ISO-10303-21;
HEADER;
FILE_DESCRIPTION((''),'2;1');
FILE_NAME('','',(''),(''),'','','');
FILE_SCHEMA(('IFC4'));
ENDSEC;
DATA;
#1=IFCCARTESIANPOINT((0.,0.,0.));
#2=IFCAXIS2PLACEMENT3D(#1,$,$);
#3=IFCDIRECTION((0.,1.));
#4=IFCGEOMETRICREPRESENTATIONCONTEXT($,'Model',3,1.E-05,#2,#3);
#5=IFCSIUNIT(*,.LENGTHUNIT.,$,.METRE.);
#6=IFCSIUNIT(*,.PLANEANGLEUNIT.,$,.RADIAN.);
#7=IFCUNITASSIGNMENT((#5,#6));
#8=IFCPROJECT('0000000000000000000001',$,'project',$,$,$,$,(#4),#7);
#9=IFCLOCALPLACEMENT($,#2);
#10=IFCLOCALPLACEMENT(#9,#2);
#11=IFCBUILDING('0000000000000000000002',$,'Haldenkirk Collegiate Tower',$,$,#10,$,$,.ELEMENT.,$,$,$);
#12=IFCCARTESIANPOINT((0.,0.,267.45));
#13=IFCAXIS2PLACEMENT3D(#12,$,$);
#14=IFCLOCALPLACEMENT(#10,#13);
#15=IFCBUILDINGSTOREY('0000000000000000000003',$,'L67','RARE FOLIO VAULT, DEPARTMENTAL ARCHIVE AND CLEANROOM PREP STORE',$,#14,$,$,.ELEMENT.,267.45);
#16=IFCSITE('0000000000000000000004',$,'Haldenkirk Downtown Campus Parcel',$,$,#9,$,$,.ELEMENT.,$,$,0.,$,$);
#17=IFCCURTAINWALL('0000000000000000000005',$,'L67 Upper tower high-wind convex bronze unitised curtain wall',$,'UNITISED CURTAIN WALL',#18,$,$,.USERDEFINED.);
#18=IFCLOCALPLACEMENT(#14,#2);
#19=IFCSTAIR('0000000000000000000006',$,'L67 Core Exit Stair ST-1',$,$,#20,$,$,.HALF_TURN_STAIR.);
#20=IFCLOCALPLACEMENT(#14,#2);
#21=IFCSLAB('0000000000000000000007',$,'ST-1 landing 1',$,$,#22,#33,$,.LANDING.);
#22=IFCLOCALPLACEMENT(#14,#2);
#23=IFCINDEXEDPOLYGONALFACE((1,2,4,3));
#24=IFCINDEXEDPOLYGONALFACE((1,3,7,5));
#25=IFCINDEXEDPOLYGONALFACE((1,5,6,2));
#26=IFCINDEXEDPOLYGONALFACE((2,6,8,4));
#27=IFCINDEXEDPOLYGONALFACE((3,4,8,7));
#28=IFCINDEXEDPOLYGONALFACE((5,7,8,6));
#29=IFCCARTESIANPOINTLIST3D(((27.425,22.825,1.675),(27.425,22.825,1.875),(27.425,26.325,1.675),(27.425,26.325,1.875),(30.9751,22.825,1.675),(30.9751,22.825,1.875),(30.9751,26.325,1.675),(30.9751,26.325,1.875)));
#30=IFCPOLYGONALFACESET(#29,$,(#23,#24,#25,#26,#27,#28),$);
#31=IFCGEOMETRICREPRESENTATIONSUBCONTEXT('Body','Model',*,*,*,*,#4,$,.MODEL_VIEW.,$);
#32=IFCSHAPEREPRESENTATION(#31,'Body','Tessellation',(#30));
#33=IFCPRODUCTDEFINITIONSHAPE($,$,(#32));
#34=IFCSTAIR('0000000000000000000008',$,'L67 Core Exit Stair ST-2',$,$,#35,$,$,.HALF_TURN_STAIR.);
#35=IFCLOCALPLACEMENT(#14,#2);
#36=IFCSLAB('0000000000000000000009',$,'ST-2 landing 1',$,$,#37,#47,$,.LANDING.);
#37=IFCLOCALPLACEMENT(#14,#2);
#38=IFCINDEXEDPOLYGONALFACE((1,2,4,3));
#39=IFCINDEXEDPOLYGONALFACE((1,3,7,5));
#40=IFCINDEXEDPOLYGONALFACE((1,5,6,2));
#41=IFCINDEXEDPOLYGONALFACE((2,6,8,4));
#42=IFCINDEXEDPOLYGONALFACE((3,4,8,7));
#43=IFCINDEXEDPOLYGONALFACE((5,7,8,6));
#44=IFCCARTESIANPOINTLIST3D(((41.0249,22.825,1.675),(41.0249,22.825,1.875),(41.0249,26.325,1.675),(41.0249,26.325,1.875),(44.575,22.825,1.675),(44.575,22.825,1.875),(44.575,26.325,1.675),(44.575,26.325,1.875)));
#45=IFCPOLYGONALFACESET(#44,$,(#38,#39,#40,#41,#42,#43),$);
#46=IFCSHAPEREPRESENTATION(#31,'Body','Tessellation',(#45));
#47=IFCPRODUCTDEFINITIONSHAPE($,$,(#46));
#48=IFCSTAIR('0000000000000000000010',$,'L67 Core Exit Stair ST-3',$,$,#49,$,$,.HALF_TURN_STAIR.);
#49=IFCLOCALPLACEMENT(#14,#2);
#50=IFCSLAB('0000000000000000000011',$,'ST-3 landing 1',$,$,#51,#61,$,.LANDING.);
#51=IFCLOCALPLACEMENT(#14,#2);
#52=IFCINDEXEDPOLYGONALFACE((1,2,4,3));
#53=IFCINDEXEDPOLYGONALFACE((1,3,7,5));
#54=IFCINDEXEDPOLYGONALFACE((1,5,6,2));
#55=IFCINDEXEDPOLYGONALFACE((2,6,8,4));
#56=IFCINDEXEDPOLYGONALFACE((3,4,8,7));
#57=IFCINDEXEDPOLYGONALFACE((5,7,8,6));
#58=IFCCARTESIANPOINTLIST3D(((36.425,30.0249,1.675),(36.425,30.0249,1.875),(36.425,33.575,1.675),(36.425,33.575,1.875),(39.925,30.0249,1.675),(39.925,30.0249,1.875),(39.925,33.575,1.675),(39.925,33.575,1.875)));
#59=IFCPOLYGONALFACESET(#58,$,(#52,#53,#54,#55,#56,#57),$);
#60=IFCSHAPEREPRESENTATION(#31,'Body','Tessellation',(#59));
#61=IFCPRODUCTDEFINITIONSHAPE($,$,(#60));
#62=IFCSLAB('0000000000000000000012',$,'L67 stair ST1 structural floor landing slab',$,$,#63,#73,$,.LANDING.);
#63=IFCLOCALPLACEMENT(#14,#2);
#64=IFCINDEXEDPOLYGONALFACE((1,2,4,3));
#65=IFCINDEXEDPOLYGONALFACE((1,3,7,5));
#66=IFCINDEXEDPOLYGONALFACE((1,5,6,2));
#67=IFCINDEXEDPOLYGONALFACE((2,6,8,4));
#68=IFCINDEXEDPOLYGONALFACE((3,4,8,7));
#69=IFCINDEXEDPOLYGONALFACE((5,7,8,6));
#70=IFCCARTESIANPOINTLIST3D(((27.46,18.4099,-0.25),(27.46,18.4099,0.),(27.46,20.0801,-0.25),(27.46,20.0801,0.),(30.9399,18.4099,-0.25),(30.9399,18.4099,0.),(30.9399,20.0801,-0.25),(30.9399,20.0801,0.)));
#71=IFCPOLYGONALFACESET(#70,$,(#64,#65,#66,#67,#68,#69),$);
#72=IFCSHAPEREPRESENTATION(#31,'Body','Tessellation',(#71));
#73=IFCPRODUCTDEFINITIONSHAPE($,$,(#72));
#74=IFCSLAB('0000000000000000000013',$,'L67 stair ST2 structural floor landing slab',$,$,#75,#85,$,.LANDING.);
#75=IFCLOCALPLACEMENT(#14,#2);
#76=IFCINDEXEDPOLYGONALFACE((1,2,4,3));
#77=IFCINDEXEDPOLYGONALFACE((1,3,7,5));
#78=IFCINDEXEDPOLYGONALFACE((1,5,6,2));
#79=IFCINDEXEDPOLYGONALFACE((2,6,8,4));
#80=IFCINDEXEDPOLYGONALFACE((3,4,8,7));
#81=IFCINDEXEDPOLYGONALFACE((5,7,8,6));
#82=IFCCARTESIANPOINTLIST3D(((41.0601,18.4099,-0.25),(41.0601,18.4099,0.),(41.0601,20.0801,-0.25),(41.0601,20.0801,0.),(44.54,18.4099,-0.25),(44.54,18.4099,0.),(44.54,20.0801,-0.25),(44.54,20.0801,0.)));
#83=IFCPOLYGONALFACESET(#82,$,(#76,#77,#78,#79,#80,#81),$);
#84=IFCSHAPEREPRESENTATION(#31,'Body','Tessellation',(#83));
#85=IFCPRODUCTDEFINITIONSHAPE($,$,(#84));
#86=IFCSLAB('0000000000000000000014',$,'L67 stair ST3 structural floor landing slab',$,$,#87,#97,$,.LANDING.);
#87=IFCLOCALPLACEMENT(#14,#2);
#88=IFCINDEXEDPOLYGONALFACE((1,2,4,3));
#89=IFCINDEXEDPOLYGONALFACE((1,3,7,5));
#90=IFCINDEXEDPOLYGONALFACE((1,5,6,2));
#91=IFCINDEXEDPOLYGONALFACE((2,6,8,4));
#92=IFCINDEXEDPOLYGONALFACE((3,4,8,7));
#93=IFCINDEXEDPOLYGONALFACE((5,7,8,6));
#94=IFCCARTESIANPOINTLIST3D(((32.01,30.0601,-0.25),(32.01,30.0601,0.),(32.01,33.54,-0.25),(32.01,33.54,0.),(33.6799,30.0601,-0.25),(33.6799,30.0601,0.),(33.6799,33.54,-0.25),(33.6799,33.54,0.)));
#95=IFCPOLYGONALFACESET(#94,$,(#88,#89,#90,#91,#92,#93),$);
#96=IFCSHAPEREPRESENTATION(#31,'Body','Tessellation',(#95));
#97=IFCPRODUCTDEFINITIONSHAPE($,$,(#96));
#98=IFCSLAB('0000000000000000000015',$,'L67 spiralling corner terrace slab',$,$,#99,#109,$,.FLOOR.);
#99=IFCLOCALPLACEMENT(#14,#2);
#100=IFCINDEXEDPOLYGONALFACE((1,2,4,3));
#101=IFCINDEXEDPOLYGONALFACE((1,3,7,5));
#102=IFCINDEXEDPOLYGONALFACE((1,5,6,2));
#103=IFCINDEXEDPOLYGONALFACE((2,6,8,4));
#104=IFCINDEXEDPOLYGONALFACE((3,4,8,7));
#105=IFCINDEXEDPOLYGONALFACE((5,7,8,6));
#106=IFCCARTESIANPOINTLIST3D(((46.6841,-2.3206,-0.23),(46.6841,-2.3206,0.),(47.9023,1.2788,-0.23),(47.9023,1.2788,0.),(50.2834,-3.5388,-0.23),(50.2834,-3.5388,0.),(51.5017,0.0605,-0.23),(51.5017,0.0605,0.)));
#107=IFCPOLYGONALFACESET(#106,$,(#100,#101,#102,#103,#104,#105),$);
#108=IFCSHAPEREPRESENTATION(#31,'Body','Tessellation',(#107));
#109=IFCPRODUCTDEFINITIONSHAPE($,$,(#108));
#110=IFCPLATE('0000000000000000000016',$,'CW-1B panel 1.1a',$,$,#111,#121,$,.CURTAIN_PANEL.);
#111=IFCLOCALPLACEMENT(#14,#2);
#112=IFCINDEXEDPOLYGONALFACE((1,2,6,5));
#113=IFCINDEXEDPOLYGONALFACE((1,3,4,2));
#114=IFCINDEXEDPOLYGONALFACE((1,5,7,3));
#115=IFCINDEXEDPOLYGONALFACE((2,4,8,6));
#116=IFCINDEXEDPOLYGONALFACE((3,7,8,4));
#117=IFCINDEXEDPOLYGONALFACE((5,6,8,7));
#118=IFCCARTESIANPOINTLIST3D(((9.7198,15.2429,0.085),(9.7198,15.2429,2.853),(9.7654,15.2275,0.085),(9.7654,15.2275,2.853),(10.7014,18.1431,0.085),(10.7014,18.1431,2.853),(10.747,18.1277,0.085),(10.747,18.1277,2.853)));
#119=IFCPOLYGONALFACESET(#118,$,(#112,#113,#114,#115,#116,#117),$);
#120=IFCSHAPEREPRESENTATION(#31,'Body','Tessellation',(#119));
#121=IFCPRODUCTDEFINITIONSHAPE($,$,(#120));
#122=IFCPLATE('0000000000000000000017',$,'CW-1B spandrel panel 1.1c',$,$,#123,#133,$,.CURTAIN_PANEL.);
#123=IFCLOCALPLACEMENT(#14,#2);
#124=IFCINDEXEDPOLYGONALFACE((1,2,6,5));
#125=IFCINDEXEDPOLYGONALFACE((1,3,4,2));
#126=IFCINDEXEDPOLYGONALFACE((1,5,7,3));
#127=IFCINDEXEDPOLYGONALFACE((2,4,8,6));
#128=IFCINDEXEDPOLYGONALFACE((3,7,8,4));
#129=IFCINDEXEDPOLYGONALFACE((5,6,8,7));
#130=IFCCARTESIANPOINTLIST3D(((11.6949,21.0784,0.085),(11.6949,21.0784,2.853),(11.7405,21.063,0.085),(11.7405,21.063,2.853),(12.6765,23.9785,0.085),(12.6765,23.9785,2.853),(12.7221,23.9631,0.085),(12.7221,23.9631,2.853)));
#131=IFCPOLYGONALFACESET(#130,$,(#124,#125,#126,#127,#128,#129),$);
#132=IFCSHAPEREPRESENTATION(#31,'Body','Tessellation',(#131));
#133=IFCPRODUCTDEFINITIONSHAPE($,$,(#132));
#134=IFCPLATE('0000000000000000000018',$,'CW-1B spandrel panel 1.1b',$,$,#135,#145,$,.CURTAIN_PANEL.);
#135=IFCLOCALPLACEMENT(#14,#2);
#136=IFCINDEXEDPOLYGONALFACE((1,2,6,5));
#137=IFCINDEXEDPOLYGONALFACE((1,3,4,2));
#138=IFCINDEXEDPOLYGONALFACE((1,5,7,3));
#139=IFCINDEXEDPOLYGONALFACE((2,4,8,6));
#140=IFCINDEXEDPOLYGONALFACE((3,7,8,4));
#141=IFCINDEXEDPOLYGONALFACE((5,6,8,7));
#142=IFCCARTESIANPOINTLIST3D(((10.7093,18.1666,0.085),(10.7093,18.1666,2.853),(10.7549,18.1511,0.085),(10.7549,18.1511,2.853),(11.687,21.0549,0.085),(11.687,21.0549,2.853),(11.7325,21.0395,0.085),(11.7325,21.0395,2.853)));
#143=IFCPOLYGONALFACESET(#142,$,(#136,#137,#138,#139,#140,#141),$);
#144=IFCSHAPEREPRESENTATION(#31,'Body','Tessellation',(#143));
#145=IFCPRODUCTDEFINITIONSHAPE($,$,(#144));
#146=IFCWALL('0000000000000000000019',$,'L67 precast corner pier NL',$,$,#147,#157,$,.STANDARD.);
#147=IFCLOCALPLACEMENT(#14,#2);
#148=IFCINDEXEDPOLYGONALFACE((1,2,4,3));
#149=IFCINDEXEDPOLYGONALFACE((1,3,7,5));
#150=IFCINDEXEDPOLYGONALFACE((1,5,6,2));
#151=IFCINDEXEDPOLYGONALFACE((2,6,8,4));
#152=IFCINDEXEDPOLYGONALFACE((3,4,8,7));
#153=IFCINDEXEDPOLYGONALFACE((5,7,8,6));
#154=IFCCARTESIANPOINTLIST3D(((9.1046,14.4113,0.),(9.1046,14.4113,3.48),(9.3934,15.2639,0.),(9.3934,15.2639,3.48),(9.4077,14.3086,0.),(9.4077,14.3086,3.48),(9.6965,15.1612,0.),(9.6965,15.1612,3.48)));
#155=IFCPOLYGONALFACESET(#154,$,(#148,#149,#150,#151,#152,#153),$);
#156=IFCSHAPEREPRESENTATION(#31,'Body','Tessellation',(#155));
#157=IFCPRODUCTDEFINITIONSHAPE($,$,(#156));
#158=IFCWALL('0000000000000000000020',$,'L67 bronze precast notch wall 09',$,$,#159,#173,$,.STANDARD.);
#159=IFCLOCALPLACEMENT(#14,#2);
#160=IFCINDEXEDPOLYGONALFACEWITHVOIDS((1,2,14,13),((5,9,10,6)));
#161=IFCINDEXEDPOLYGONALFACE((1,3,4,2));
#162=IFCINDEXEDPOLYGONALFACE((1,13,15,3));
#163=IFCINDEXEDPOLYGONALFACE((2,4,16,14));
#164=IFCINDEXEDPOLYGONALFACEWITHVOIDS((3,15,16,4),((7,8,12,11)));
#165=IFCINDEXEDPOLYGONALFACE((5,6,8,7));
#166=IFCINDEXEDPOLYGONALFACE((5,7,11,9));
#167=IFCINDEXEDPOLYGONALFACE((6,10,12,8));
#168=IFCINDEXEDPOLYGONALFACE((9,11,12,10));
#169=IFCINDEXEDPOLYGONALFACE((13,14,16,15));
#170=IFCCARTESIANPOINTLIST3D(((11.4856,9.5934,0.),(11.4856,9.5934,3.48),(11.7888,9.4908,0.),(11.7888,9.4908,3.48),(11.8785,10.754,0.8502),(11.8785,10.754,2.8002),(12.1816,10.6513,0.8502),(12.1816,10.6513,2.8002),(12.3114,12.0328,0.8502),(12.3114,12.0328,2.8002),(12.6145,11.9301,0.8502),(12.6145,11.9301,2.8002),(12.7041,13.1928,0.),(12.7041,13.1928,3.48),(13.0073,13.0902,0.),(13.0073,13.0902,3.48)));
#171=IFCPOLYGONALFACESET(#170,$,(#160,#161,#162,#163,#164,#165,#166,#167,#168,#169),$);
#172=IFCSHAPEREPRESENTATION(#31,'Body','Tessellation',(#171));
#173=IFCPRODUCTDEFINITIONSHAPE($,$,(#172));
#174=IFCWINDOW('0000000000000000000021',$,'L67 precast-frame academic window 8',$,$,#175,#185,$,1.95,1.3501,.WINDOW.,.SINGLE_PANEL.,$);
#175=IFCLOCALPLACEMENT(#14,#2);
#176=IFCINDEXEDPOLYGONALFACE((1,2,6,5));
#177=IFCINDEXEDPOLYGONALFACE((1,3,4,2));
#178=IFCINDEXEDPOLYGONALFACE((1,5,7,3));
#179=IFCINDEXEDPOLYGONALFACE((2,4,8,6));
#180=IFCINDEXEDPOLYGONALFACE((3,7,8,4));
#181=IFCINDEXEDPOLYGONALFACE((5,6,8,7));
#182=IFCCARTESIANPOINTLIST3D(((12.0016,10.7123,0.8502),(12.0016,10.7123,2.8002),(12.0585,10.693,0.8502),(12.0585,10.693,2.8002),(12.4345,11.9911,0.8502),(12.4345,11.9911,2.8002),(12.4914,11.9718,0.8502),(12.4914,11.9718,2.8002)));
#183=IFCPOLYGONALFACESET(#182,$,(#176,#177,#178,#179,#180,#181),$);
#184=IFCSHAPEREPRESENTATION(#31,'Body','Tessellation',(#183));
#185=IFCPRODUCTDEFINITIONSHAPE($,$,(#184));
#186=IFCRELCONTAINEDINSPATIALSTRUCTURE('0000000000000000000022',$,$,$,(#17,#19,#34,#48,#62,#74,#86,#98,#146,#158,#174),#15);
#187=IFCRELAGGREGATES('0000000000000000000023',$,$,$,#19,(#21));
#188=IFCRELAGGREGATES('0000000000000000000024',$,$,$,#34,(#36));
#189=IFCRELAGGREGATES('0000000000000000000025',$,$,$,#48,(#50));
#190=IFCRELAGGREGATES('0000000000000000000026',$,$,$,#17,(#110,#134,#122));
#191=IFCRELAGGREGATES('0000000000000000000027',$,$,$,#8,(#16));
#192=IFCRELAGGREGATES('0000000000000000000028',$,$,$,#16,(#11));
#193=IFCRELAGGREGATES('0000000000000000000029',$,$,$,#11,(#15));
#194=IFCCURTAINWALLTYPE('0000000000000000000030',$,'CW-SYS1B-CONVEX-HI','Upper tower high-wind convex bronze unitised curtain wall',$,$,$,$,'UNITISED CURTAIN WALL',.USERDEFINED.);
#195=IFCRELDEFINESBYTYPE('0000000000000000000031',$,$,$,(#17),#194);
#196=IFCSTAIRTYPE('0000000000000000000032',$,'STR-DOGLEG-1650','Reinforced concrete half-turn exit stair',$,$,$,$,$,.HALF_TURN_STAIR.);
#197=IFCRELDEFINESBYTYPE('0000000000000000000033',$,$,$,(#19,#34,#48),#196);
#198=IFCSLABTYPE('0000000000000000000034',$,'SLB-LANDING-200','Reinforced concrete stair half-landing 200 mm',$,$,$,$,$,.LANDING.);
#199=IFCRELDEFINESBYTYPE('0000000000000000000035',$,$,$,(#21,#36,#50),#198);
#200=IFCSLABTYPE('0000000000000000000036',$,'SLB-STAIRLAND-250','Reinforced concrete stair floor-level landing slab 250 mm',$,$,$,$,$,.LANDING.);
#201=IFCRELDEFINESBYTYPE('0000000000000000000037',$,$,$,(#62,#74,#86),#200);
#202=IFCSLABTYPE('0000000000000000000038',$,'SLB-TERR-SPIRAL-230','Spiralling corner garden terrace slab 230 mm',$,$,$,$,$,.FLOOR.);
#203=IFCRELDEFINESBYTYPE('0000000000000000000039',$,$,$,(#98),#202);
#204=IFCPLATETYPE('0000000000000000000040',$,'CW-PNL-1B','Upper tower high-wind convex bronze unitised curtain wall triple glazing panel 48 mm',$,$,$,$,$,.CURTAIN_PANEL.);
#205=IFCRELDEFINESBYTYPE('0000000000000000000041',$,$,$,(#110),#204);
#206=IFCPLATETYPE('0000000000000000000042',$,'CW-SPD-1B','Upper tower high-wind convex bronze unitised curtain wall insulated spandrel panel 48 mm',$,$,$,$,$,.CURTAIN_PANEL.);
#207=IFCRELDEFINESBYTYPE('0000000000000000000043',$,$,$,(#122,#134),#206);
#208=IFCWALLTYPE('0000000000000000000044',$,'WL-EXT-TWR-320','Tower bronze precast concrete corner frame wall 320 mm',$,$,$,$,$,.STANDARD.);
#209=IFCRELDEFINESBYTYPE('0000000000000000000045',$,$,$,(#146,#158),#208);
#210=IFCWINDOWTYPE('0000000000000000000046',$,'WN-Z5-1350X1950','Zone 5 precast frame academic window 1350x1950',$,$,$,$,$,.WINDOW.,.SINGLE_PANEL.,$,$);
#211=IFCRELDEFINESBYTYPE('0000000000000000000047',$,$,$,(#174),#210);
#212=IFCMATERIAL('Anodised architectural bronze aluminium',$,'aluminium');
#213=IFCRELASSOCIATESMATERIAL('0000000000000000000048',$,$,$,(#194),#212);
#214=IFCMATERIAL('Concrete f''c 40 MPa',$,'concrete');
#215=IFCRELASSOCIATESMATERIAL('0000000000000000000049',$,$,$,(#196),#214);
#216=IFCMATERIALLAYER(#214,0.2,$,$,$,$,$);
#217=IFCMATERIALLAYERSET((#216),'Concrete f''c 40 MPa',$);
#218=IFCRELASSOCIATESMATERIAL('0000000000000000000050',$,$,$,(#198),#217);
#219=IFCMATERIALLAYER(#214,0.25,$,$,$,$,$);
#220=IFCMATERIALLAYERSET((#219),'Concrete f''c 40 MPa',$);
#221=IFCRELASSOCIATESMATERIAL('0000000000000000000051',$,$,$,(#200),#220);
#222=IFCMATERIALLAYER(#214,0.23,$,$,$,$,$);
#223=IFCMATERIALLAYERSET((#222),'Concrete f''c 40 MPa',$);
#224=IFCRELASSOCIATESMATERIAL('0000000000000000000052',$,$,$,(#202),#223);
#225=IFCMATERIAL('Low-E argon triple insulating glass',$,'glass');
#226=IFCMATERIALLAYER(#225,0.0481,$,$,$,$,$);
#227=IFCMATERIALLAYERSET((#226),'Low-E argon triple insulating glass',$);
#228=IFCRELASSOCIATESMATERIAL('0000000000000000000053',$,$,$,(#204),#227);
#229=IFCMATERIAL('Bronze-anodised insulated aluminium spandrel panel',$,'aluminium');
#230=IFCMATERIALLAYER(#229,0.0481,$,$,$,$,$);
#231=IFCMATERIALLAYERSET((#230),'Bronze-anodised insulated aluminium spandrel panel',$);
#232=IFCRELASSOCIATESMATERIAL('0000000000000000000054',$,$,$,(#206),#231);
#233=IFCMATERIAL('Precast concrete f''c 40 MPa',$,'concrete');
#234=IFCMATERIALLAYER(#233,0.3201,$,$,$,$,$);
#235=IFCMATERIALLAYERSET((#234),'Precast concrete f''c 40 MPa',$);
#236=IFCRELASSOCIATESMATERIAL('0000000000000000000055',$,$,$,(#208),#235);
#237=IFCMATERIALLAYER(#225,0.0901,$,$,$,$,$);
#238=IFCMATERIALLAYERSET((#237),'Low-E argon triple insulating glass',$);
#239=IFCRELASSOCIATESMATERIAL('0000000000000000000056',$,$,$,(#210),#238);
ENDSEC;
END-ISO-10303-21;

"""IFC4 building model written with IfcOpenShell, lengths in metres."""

from ifc_helpers import new_model, si_unit, direction, frame, frame_2d, origin, origin_2d, place, context, subcontext, project, spatial, polyline, rectangle, outline, extrude, source, transform, mapped, material, layer, layer_set, type_object, element, fill, aggregate, save


model = new_model("IFC4")

# Units and contexts
model_context = context("Model", 3, precision=1e-05, world=origin(), true_north=direction((0.0, 1.0)))
body_context = subcontext(model_context, "Body", "Model", "MODEL_VIEW")
ifc_project = project(units=[si_unit("LENGTHUNIT", "METRE"), si_unit("PLANEANGLEUNIT", "RADIAN")], contexts=[model_context])

# Site, building, storey
site_placement = place(None, origin())
site = spatial("IfcSite", under=ifc_project, at=site_placement, Name="Haldenkirk Downtown Campus Parcel", CompositionType="ELEMENT", RefElevation=0.0)
building_placement = place(site_placement, origin())
building = spatial("IfcBuilding", under=site, at=building_placement, Name="Haldenkirk Collegiate Tower", CompositionType="ELEMENT")
storey_placement = place(building_placement, frame((0.0, 0.0, 267.45)))
storey = spatial("IfcBuildingStorey", under=building, at=storey_placement, Name="L67", Description="RARE FOLIO VAULT, DEPARTMENTAL ARCHIVE AND CLEANROOM PREP STORE", CompositionType="ELEMENT", Elevation=267.45)

# Curtain wall
ifc_material_1 = material(Name="Anodised architectural bronze aluminium", Category="aluminium")
curtain_wall_type = type_object("IfcCurtainWallType", Name="CW-SYS1B-CONVEX-HI", Description="Upper tower high-wind convex bronze unitised curtain wall", ElementType="UNITISED CURTAIN WALL", PredefinedType="USERDEFINED", material=ifc_material_1)
curtain_wall_placement = place(storey_placement, origin())
curtain_wall = element("IfcCurtainWall", 1, at=curtain_wall_placement, inside=storey, type_object=curtain_wall_type, Name="L67 Upper tower high-wind convex bronze unitised curtain wall", ObjectType="UNITISED CURTAIN WALL", PredefinedType="USERDEFINED")

# Shared definitions
ifc_material_2 = material(Name="Concrete f'c 40 MPa", Category="concrete")

# Stairs, slabs
stair_type = type_object("IfcStairType", Name="STR-DOGLEG-1650", Description="Reinforced concrete half-turn exit stair", PredefinedType="HALF_TURN_STAIR", material=ifc_material_2)
stair_1_placement = place(storey_placement, origin())
stair_1 = element("IfcStair", 2, at=stair_1_placement, inside=storey, type_object=stair_type, Name="L67 Core Exit Stair ST-1", PredefinedType="HALF_TURN_STAIR")
ifc_layer_1 = layer(ifc_material_2, 0.2)
ifc_layer_set_1 = layer_set([ifc_layer_1], Name="Concrete f'c 40 MPa")
slab_type_1 = type_object("IfcSlabType", Name="SLB-LANDING-200", Description="Reinforced concrete stair half-landing 200 mm", PredefinedType="LANDING", material=ifc_layer_set_1)
slab_1_placement = place(storey_placement, frame((0.0, 0.0, 1.675)))
slab_1 = element("IfcSlab", 3, at=slab_1_placement, type_object=slab_type_1, Name="ST-1 landing 1", PredefinedType="LANDING", context=body_context, shape_type="SweptSolid", body=[
    extrude(outline(polyline([(30.9751, 22.825), (27.425, 22.825), (27.425, 26.325), (30.9751, 26.325), (30.9751, 22.825)])), origin(), (0.0, 0.0, 1.0), 0.2),
])
aggregate(stair_1, [slab_1])
stair_2_placement = place(storey_placement, origin())
stair_2 = element("IfcStair", 4, at=stair_2_placement, inside=storey, type_object=stair_type, Name="L67 Core Exit Stair ST-2", PredefinedType="HALF_TURN_STAIR")
slab_2_placement = place(storey_placement, frame((0.0, 0.0, 1.675)))
slab_2 = element("IfcSlab", 5, at=slab_2_placement, type_object=slab_type_1, Name="ST-2 landing 1", PredefinedType="LANDING", context=body_context, shape_type="SweptSolid", body=[
    extrude(outline(polyline([(44.575, 22.825), (41.0249, 22.825), (41.0249, 26.325), (44.575, 26.325), (44.575, 22.825)])), origin(), (0.0, 0.0, 1.0), 0.2),
])
aggregate(stair_2, [slab_2])
stair_3_placement = place(storey_placement, origin())
stair_3 = element("IfcStair", 6, at=stair_3_placement, inside=storey, type_object=stair_type, Name="L67 Core Exit Stair ST-3", PredefinedType="HALF_TURN_STAIR")
slab_3_placement = place(storey_placement, frame((0.0, 0.0, 1.675)))
slab_3 = element("IfcSlab", 7, at=slab_3_placement, type_object=slab_type_1, Name="ST-3 landing 1", PredefinedType="LANDING", context=body_context, shape_type="SweptSolid", body=[
    extrude(outline(polyline([(36.425, 30.0249), (36.425, 33.575), (39.925, 33.575), (39.925, 30.0249), (36.425, 30.0249)])), origin(), (0.0, 0.0, 1.0), 0.2),
])
aggregate(stair_3, [slab_3])

# Slabs
ifc_layer_2 = layer(ifc_material_2, 0.25)
ifc_layer_set_2 = layer_set([ifc_layer_2], Name="Concrete f'c 40 MPa")
slab_type_2 = type_object("IfcSlabType", Name="SLB-STAIRLAND-250", Description="Reinforced concrete stair floor-level landing slab 250 mm", PredefinedType="LANDING", material=ifc_layer_set_2)
slab_4_placement = place(storey_placement, frame((0.0, 0.0, -0.25)))
element("IfcSlab", 8, at=slab_4_placement, inside=storey, type_object=slab_type_2, Name="L67 stair ST1 structural floor landing slab", PredefinedType="LANDING", context=body_context, shape_type="SweptSolid", body=[
    extrude(outline(polyline([(27.46, 18.4099), (30.9399, 18.4099), (30.9399, 20.0801), (27.46, 20.0801), (27.46, 18.4099)])), origin(), (0.0, 0.0, 1.0), 0.25),
])
slab_5_placement = place(storey_placement, frame((0.0, 0.0, -0.25)))
element("IfcSlab", 9, at=slab_5_placement, inside=storey, type_object=slab_type_2, Name="L67 stair ST2 structural floor landing slab", PredefinedType="LANDING", context=body_context, shape_type="SweptSolid", body=[
    extrude(outline(polyline([(41.0601, 18.4099), (44.54, 18.4099), (44.54, 20.0801), (41.0601, 20.0801), (41.0601, 18.4099)])), origin(), (0.0, 0.0, 1.0), 0.25),
])
slab_6_placement = place(storey_placement, frame((0.0, 0.0, -0.25)))
element("IfcSlab", 10, at=slab_6_placement, inside=storey, type_object=slab_type_2, Name="L67 stair ST3 structural floor landing slab", PredefinedType="LANDING", context=body_context, shape_type="SweptSolid", body=[
    extrude(outline(polyline([(32.01, 30.0601), (33.6799, 30.0601), (33.6799, 33.54), (32.01, 33.54), (32.01, 30.0601)])), origin(), (0.0, 0.0, 1.0), 0.25),
])
ifc_layer_3 = layer(ifc_material_2, 0.23)
ifc_layer_set_3 = layer_set([ifc_layer_3], Name="Concrete f'c 40 MPa")
slab_type_3 = type_object("IfcSlabType", Name="SLB-TERR-SPIRAL-230", Description="Spiralling corner garden terrace slab 230 mm", PredefinedType="FLOOR", material=ifc_layer_set_3)
slab_7_placement = place(storey_placement, frame((0.0, 0.0, -0.23)))
element("IfcSlab", 11, at=slab_7_placement, inside=storey, type_object=slab_type_3, Name="L67 spiralling corner terrace slab", PredefinedType="FLOOR", context=body_context, shape_type="SweptSolid", body=[
    extrude(outline(polyline([(50.2834, -3.5388), (51.5017, 0.0605), (47.9023, 1.2788), (46.6841, -2.3206), (50.2834, -3.5388)])), origin(), (0.0, 0.0, 1.0), 0.23),
])

# Plates
ifc_material_3 = material(Name="Low-E argon triple insulating glass", Category="glass")
ifc_layer_4 = layer(ifc_material_3, 0.0481)
ifc_layer_set_4 = layer_set([ifc_layer_4], Name="Low-E argon triple insulating glass")
plate_type_1 = type_object("IfcPlateType", Name="CW-PNL-1B", Description="Upper tower high-wind convex bronze unitised curtain wall triple glazing panel 48 mm", PredefinedType="CURTAIN_PANEL", material=ifc_layer_set_4)
shared_shape_1 = source(origin(), body_context, "Body", "SweptSolid", [
    extrude(rectangle(XDim=3.0618, YDim=0.0481, at=origin_2d()), origin(), (0.0, 0.0, 1.0), 2.7681),
])
plate_1_placement = place(storey_placement, frame((10.2334, 16.6853, 0.085), z_axis=(0.0, 0.0, 1.0), x_axis=(0.320612, 0.947211, 0.0)))
plate_1 = element("IfcPlate", 12, at=plate_1_placement, type_object=plate_type_1, Name="CW-1B panel 1.1a", PredefinedType="CURTAIN_PANEL", context=body_context, shape_type="MappedRepresentation", body=[
    mapped(shared_shape_1, transform((0.0, 0.0, 0.0), x_axis=(1.0, 0.0, 0.0), y_axis=(0.0, 1.0, 0.0), z_axis=(0.0, 0.0, 1.0), scale=1.0)),
])
ifc_material_4 = material(Name="Bronze-anodised insulated aluminium spandrel panel", Category="aluminium")
ifc_layer_5 = layer(ifc_material_4, 0.0481)
ifc_layer_set_5 = layer_set([ifc_layer_5], Name="Bronze-anodised insulated aluminium spandrel panel")
plate_type_2 = type_object("IfcPlateType", Name="CW-SPD-1B", Description="Upper tower high-wind convex bronze unitised curtain wall insulated spandrel panel 48 mm", PredefinedType="CURTAIN_PANEL", material=ifc_layer_set_5)
plate_2_placement = place(storey_placement, frame((12.2085, 22.5208, 0.085), z_axis=(0.0, 0.0, 1.0), x_axis=(0.320612, 0.947211, 0.0)))
plate_2 = element("IfcPlate", 13, at=plate_2_placement, type_object=plate_type_2, Name="CW-1B spandrel panel 1.1c", PredefinedType="CURTAIN_PANEL", context=body_context, shape_type="MappedRepresentation", body=[
    mapped(shared_shape_1, transform((0.0, 0.0, 0.0), x_axis=(1.0, 0.0, 0.0), y_axis=(0.0, 1.0, 0.0), z_axis=(0.0, 0.0, 1.0), scale=1.0)),
])
shared_shape_2 = source(origin(), body_context, "Body", "SweptSolid", [
    extrude(rectangle(XDim=3.0493, YDim=0.0481, at=origin_2d()), origin(), (0.0, 0.0, 1.0), 2.7681),
])
plate_3_placement = place(storey_placement, frame((11.2209, 19.603, 0.085), z_axis=(0.0, 0.0, 1.0), x_axis=(0.320612, 0.947211, 0.0)))
plate_3 = element("IfcPlate", 14, at=plate_3_placement, type_object=plate_type_2, Name="CW-1B spandrel panel 1.1b", PredefinedType="CURTAIN_PANEL", context=body_context, shape_type="MappedRepresentation", body=[
    mapped(shared_shape_2, transform((0.0, 0.0, 0.0), x_axis=(1.0, 0.0, 0.0), y_axis=(0.0, 1.0, 0.0), z_axis=(0.0, 0.0, 1.0), scale=1.0)),
])
aggregate(curtain_wall, [plate_1, plate_3, plate_2])

# Wall
ifc_material_5 = material(Name="Precast concrete f'c 40 MPa", Category="concrete")
ifc_layer_6 = layer(ifc_material_5, 0.3201)
ifc_layer_set_6 = layer_set([ifc_layer_6], Name="Precast concrete f'c 40 MPa")
wall_type_1 = type_object("IfcWallType", Name="WL-EXT-TWR-320", Description="Tower bronze precast concrete corner frame wall 320 mm", PredefinedType="STANDARD", material=ifc_layer_set_6)
wall_1_placement = place(storey_placement, frame((9.2561, 14.3599, 0.0), z_axis=(0.0, 0.0, 1.0), x_axis=(0.320862, 0.947126, 0.0)))
element("IfcWall", 15, at=wall_1_placement, inside=storey, type_object=wall_type_1, Name="L67 precast corner pier NL", PredefinedType="STANDARD", context=body_context, shape_type="SweptSolid", body=[
    extrude(rectangle(XDim=0.9001, YDim=0.3201, at=frame_2d((0.4502, 0.0))), origin(), (0.0, 0.0, 1.0), 3.48),
])

# Wall, opening, window
wall_2_placement = place(storey_placement, frame((11.6372, 9.5422, 0.0), z_axis=(0.0, 0.0, 1.0), x_axis=(0.320657, 0.947195, 0.0)))
wall_2 = element("IfcWall", 16, at=wall_2_placement, inside=storey, type_object=wall_type_1, Name="L67 bronze precast notch wall 09", PredefinedType="STANDARD", context=body_context, shape_type="SweptSolid", body=[
    extrude(rectangle(XDim=3.8, YDim=0.3201, at=frame_2d((1.8999, 0.0))), origin(), (0.0, 0.0, 1.0), 3.48),
])
opening_placement = place(wall_2_placement, frame((1.2251, 0.0, 0.8501)))
opening = element("IfcOpeningElement", 17, at=opening_placement, cuts=wall_2, PredefinedType="OPENING", context=body_context, shape_type="SweptSolid", body=[
    extrude(rectangle(XDim=1.3501, YDim=1.95, at=frame_2d((0.675, 0.9751))), frame((0.0, 0.1699, 0.0), z_axis=(0.0, -1.0, 0.0), x_axis=(1.0, 0.0, 0.0)), (0.0, 0.0, 1.0), 0.3401),
])
ifc_layer_7 = layer(ifc_material_3, 0.0901)
ifc_layer_set_7 = layer_set([ifc_layer_7], Name="Low-E argon triple insulating glass")
window_type = type_object("IfcWindowType", Name="WN-Z5-1350X1950", Description="Zone 5 precast frame academic window 1350x1950", PartitioningType="SINGLE_PANEL", PredefinedType="WINDOW", material=ifc_layer_set_7)
window_placement = place(opening_placement, origin())
window = element("IfcWindow", 18, at=window_placement, inside=storey, type_object=window_type, Name="L67 precast-frame academic window 8", OverallHeight=1.95, OverallWidth=1.3501, PartitioningType="SINGLE_PANEL", PredefinedType="WINDOW", context=body_context, shape_type="SweptSolid", body=[
    extrude(rectangle(XDim=1.3501, YDim=1.95, at=frame_2d((0.675, 0.9751))), frame((0.0, 0.03, 0.0), z_axis=(0.0, -1.0, 0.0), x_axis=(1.0, 0.0, 0.0)), (0.0, 0.0, 1.0), 0.0601),
])
fill(opening, window)

save(model, "model.ifc")
